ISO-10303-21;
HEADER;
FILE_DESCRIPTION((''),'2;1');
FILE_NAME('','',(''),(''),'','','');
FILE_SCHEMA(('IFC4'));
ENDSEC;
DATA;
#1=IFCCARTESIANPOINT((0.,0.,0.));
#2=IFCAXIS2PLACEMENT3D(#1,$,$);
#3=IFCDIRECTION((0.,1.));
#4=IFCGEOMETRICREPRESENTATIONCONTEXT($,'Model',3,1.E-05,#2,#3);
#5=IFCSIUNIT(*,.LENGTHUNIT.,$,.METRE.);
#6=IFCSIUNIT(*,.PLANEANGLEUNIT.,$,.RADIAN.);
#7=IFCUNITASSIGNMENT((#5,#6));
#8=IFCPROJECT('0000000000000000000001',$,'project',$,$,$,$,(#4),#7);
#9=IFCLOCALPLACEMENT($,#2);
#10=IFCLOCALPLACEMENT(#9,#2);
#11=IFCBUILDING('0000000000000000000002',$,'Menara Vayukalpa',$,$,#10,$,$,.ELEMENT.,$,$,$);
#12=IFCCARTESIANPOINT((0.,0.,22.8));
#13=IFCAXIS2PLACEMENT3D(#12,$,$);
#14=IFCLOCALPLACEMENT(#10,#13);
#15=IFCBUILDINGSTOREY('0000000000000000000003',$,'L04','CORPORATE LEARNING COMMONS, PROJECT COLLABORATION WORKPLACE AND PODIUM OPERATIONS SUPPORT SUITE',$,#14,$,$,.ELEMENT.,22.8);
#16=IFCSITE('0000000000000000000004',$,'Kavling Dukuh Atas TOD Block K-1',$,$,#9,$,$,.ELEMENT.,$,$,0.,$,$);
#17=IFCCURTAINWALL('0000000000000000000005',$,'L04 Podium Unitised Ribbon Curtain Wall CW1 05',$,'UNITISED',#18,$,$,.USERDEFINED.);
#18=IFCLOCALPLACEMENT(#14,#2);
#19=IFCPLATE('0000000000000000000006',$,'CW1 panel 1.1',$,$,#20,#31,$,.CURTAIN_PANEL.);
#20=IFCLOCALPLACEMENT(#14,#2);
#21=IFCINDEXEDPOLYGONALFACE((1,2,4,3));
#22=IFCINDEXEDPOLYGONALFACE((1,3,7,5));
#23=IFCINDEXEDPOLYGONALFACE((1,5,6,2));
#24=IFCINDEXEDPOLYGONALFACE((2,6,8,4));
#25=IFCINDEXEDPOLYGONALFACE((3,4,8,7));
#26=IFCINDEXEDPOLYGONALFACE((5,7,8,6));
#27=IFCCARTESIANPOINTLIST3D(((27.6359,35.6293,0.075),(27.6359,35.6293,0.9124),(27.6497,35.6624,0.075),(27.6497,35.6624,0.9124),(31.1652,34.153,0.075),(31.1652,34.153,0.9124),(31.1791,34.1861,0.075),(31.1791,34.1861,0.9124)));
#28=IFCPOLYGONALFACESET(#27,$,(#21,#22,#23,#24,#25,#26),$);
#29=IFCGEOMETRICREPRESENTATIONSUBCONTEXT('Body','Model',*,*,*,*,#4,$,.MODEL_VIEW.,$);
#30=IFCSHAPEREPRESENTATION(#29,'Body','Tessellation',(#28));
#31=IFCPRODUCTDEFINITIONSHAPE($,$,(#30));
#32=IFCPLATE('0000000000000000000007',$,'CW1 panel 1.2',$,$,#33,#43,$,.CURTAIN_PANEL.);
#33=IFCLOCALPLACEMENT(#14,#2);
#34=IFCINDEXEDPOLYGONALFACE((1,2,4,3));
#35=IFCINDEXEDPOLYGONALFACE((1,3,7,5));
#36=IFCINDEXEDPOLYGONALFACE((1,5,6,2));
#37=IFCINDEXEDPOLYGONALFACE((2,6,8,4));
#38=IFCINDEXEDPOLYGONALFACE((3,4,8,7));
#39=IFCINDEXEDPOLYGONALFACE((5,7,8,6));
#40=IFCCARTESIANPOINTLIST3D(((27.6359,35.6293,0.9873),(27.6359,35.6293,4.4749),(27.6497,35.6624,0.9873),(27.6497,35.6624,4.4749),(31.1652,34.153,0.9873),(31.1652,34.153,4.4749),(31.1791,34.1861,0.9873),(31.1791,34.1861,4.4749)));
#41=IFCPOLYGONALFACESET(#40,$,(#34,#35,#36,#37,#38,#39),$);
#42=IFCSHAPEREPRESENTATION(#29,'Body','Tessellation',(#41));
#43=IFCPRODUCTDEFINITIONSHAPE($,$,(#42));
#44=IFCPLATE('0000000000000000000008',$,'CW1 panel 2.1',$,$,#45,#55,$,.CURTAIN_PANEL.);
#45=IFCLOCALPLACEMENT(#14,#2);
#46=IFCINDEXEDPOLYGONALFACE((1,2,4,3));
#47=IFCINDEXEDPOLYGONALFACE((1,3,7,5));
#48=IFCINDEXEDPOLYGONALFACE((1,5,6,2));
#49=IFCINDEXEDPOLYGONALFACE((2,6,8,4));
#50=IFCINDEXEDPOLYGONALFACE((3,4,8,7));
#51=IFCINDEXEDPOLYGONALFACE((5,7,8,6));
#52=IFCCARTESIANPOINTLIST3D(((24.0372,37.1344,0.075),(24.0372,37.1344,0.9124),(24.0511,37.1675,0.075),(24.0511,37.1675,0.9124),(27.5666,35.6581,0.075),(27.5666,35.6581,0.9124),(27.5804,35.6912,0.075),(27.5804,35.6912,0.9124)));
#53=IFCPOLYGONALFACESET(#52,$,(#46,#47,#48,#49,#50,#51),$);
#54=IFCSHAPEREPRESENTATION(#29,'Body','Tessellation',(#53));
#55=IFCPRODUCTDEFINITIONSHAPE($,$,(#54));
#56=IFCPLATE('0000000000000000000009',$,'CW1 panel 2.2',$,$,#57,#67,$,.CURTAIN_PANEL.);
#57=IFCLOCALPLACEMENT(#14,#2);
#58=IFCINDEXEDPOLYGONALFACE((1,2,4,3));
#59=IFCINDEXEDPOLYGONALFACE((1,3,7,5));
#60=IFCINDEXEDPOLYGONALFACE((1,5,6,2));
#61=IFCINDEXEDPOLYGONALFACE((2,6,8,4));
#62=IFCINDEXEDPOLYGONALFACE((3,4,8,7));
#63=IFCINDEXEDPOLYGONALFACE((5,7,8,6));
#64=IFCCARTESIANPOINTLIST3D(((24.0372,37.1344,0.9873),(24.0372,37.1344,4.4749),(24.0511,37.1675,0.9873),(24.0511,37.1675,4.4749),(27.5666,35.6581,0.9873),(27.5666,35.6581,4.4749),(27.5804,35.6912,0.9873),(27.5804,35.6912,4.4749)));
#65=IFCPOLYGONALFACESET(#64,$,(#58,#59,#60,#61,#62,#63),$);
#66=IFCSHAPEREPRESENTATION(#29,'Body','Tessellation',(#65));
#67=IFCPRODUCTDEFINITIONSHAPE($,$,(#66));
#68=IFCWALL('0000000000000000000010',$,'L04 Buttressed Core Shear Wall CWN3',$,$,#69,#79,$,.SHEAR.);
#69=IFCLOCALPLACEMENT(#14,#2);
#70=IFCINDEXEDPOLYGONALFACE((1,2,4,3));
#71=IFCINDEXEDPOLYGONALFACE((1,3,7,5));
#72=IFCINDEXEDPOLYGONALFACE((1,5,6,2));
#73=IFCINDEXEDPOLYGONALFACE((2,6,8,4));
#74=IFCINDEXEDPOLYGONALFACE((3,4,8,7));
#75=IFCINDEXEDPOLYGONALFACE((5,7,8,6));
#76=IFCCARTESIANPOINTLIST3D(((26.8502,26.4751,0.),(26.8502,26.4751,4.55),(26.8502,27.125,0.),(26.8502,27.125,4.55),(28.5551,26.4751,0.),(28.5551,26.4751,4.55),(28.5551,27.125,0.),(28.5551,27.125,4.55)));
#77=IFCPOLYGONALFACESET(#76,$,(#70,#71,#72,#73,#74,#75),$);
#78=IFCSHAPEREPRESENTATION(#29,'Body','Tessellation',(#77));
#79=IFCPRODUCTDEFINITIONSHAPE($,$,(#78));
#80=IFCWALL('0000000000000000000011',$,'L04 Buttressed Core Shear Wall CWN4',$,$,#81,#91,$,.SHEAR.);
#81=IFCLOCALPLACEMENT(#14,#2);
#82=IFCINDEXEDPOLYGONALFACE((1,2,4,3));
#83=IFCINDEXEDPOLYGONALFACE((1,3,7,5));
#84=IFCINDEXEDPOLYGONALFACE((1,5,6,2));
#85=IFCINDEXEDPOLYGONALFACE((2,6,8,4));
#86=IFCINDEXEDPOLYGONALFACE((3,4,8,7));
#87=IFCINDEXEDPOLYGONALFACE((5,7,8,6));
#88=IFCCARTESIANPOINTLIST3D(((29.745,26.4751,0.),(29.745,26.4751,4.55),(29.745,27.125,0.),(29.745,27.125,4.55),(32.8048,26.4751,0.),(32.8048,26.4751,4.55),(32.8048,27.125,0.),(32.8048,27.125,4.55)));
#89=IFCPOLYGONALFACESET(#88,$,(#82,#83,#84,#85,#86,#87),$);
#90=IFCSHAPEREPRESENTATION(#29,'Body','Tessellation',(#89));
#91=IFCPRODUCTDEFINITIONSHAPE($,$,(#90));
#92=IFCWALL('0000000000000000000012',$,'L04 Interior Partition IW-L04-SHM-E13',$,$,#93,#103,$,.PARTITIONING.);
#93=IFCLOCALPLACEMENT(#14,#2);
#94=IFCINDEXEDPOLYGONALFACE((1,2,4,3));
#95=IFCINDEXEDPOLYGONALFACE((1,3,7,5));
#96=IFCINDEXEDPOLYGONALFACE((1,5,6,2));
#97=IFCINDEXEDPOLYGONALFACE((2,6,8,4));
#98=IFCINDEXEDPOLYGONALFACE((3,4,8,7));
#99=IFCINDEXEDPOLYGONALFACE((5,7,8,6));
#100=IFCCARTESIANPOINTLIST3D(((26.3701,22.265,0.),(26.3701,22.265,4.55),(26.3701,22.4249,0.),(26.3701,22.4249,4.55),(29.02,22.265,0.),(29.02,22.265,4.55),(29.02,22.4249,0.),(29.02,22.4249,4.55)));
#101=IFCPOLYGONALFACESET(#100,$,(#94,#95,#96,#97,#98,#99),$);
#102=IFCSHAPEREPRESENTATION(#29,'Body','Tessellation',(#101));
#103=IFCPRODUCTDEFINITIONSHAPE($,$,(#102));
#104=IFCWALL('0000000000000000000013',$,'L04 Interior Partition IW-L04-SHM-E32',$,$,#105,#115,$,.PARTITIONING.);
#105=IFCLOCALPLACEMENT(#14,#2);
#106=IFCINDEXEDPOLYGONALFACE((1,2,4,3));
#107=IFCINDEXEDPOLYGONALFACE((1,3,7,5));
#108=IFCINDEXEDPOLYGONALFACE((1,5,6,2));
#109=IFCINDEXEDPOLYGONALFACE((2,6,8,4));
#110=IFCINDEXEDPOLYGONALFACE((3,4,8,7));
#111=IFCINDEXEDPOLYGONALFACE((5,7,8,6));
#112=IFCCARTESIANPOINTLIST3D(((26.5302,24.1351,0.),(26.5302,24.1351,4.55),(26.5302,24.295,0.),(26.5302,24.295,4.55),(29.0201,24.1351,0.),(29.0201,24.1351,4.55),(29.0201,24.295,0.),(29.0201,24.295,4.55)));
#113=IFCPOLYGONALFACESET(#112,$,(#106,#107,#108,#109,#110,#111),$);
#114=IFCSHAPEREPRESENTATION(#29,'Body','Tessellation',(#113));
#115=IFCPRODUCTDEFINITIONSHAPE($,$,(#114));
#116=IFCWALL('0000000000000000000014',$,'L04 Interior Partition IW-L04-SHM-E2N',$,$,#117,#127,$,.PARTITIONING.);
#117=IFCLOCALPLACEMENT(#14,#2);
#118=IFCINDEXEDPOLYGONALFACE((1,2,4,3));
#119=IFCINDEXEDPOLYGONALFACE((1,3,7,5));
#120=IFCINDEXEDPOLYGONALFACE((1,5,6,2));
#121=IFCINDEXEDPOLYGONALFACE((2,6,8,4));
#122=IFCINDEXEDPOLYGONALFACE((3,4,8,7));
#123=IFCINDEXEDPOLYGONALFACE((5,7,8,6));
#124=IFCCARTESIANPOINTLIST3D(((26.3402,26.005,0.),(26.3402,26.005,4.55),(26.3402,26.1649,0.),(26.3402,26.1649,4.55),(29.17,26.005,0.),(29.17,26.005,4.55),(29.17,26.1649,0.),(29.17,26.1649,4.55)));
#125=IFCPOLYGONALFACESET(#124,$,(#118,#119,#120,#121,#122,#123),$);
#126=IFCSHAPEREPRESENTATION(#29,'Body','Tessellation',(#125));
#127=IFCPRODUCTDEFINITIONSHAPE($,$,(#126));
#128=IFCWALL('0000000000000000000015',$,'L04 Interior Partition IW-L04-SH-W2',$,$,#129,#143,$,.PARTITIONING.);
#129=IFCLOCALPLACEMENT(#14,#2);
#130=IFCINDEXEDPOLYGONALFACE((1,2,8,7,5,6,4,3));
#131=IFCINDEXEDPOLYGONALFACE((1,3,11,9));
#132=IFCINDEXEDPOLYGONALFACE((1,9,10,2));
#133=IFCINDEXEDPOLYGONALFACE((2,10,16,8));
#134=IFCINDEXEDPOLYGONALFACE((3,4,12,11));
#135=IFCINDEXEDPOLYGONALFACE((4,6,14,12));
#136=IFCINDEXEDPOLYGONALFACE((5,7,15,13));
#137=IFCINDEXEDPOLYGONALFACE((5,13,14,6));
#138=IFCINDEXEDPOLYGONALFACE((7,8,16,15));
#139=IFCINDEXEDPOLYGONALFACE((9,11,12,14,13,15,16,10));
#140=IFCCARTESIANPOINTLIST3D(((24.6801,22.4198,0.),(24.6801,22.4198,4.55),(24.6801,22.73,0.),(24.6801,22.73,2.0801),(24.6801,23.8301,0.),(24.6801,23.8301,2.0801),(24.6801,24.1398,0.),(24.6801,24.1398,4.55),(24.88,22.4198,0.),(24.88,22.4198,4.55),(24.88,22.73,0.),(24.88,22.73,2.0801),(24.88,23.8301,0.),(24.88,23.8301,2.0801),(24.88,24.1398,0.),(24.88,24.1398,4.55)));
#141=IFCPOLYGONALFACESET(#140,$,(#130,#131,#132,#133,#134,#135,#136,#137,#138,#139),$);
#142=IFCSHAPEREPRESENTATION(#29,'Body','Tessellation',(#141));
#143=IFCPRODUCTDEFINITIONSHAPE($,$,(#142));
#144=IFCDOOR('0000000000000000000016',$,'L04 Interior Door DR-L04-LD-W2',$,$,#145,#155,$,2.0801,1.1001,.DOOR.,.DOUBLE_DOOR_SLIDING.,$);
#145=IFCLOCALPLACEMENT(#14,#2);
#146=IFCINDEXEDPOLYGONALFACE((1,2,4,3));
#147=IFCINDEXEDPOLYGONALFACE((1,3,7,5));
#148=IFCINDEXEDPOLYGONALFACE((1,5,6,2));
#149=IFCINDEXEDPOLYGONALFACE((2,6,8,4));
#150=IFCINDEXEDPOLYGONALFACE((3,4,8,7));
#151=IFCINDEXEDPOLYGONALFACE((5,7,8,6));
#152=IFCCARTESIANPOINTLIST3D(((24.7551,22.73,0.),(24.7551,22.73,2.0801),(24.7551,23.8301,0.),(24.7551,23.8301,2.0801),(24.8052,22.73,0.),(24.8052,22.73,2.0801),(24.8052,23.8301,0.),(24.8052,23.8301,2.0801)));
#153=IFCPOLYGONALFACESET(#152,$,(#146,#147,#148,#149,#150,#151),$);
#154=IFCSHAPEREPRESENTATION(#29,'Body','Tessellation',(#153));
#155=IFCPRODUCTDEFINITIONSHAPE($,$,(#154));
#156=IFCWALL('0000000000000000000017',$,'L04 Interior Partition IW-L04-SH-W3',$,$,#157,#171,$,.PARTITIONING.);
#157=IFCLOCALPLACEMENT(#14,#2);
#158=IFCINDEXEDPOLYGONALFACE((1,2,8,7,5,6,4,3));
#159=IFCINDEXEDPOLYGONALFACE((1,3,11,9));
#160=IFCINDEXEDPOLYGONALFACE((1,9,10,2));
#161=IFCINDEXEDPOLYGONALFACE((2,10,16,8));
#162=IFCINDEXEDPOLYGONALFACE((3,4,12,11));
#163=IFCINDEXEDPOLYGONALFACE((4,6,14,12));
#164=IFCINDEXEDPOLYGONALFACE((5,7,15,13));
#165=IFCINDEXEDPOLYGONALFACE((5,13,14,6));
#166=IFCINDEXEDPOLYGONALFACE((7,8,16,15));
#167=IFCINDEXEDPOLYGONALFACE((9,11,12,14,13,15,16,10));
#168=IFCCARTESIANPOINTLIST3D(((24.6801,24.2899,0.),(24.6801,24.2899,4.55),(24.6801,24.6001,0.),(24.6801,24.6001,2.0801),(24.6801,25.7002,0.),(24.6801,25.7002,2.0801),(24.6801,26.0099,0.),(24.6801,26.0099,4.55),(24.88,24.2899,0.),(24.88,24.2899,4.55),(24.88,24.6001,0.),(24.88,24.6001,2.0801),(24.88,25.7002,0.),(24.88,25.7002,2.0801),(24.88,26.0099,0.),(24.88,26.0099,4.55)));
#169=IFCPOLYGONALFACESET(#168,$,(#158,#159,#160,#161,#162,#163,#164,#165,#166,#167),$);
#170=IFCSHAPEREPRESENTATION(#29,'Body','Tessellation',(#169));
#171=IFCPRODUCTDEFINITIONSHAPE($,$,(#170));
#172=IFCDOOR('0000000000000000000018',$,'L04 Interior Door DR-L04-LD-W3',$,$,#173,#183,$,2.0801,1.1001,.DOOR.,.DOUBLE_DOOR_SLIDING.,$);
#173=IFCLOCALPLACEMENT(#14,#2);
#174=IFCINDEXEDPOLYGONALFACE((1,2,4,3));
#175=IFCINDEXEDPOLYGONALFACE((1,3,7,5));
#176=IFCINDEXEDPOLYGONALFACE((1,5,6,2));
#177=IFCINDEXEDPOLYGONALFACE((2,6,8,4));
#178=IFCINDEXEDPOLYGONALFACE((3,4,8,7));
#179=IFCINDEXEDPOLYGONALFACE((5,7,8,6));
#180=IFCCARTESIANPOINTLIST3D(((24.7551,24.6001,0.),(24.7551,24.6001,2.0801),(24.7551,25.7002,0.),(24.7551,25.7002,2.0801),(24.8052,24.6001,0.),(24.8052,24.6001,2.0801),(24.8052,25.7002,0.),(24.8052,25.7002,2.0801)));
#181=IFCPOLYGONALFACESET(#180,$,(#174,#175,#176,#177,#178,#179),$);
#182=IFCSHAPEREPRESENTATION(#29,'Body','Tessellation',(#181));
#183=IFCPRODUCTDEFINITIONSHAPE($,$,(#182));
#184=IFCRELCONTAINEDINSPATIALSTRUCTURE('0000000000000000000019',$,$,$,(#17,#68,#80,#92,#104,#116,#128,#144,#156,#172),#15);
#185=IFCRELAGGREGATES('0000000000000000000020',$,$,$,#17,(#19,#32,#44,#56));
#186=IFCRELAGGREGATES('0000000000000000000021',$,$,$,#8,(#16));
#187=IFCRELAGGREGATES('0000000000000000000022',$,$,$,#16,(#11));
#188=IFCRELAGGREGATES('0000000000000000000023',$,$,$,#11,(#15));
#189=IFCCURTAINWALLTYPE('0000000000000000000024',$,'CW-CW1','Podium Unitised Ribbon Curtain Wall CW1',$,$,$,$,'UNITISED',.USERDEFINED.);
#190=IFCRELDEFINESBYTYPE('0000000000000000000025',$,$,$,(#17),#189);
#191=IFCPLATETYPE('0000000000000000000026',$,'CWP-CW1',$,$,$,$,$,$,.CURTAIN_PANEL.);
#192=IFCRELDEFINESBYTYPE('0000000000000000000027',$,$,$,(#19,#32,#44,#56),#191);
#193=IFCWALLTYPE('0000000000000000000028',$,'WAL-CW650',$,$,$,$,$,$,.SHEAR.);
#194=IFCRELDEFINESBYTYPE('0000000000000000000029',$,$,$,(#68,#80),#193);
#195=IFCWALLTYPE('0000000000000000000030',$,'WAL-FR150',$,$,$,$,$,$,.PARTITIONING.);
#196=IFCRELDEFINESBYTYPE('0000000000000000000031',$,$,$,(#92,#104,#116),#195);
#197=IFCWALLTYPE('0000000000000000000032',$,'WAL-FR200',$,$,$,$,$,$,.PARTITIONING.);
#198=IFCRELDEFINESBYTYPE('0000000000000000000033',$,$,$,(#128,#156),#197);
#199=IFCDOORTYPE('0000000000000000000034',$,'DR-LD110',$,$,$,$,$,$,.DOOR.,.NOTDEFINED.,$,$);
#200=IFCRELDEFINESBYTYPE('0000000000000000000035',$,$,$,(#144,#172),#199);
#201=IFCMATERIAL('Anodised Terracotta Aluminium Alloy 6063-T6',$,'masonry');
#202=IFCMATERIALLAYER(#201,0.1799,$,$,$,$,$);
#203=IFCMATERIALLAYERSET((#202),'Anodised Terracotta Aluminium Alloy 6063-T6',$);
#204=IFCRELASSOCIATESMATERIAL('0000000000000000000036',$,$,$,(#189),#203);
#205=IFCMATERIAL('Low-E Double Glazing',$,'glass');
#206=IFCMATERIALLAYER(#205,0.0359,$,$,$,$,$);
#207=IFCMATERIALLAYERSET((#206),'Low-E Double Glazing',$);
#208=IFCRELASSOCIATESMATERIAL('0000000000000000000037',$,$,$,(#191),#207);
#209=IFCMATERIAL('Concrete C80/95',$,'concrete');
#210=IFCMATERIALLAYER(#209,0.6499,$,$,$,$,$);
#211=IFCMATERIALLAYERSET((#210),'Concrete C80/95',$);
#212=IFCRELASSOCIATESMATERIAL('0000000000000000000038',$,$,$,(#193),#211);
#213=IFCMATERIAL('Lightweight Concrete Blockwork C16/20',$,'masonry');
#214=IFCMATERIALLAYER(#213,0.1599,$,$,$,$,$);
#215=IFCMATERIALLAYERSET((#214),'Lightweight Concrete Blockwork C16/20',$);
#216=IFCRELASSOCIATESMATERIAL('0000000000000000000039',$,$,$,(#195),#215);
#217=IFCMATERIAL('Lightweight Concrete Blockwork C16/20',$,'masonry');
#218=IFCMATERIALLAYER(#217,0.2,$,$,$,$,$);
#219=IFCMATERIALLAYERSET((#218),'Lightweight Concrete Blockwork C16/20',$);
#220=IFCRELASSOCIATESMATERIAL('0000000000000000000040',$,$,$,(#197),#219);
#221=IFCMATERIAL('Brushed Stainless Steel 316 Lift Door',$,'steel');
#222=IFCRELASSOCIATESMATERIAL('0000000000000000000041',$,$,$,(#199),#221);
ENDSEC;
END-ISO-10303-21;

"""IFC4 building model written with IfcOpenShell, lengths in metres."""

from ifc_helpers import new_model, si_unit, direction, frame, frame_2d, origin, origin_2d, place, context, subcontext, project, spatial, rectangle, extrude, material, layer, layer_set, type_object, element, fill, aggregate, save


model = new_model("IFC4")

# Units and contexts
model_context = context("Model", 3, precision=1e-05, world=origin(), true_north=direction((0.0, 1.0)))
body_context = subcontext(model_context, "Body", "Model", "MODEL_VIEW")
ifc_project = project(units=[si_unit("LENGTHUNIT", "METRE"), si_unit("PLANEANGLEUNIT", "RADIAN")], contexts=[model_context])

# Site, building, storey
site_placement = place(None, origin())
site = spatial("IfcSite", under=ifc_project, at=site_placement, Name="Kavling Dukuh Atas TOD Block K-1", CompositionType="ELEMENT", RefElevation=0.0)
building_placement = place(site_placement, origin())
building = spatial("IfcBuilding", under=site, at=building_placement, Name="Menara Vayukalpa", CompositionType="ELEMENT")
storey_placement = place(building_placement, frame((0.0, 0.0, 22.8)))
storey = spatial("IfcBuildingStorey", under=building, at=storey_placement, Name="L04", Description="CORPORATE LEARNING COMMONS, PROJECT COLLABORATION WORKPLACE AND PODIUM OPERATIONS SUPPORT SUITE", CompositionType="ELEMENT", Elevation=22.8)

# Shared definitions
ifc_material_1 = material(Name="Anodised Terracotta Aluminium Alloy 6063-T6", Category="masonry")
ifc_layer_1 = layer(ifc_material_1, 0.1799)
ifc_layer_set_1 = layer_set([ifc_layer_1], Name="Anodised Terracotta Aluminium Alloy 6063-T6")
curtain_wall_type = type_object("IfcCurtainWallType", Name="CW-CW1", Description="Podium Unitised Ribbon Curtain Wall CW1", ElementType="UNITISED", PredefinedType="USERDEFINED", material=ifc_layer_set_1)

# Curtain wall, plates
curtain_wall_1_placement = place(storey_placement, origin())
curtain_wall_1 = element("IfcCurtainWall", 1, at=curtain_wall_1_placement, inside=storey, type_object=curtain_wall_type, Name="L04 Podium Unitised Ribbon Curtain Wall CW1 05", ObjectType="UNITISED", PredefinedType="USERDEFINED")
ifc_material_2 = material(Name="Low-E Double Glazing", Category="glass")
ifc_layer_2 = layer(ifc_material_2, 0.0359)
ifc_layer_set_2 = layer_set([ifc_layer_2], Name="Low-E Double Glazing")
plate_type = type_object("IfcPlateType", Name="CWP-CW1", PredefinedType="CURTAIN_PANEL", material=ifc_layer_set_2)
plate_1_placement = place(storey_placement, frame((29.4075, 34.9077, 0.075), z_axis=(0.0, 0.0, 1.0), x_axis=(-0.922545, 0.385891, 0.0)))
plate_1 = element("IfcPlate", 2, at=plate_1_placement, type_object=plate_type, Name="CW1 panel 1.1", PredefinedType="CURTAIN_PANEL", context=body_context, shape_type="SweptSolid", body=[
    extrude(rectangle(XDim=3.8257, YDim=0.0359, at=origin_2d()), origin(), (0.0, 0.0, 1.0), 0.8374),
])
plate_2_placement = place(storey_placement, frame((29.4075, 34.9077, 0.9873), z_axis=(0.0, 0.0, 1.0), x_axis=(-0.922545, 0.385891, 0.0)))
plate_2 = element("IfcPlate", 3, at=plate_2_placement, type_object=plate_type, Name="CW1 panel 1.2", PredefinedType="CURTAIN_PANEL", context=body_context, shape_type="SweptSolid", body=[
    extrude(rectangle(XDim=3.8257, YDim=0.0359, at=origin_2d()), origin(), (0.0, 0.0, 1.0), 3.4875),
])
plate_3_placement = place(storey_placement, frame((25.8088, 36.4128, 0.075), z_axis=(0.0, 0.0, 1.0), x_axis=(-0.922545, 0.385891, 0.0)))
plate_3 = element("IfcPlate", 4, at=plate_3_placement, type_object=plate_type, Name="CW1 panel 2.1", PredefinedType="CURTAIN_PANEL", context=body_context, shape_type="SweptSolid", body=[
    extrude(rectangle(XDim=3.8257, YDim=0.0359, at=origin_2d()), origin(), (0.0, 0.0, 1.0), 0.8374),
])
plate_4_placement = place(storey_placement, frame((25.8088, 36.4128, 0.9873), z_axis=(0.0, 0.0, 1.0), x_axis=(-0.922545, 0.385891, 0.0)))
plate_4 = element("IfcPlate", 5, at=plate_4_placement, type_object=plate_type, Name="CW1 panel 2.2", PredefinedType="CURTAIN_PANEL", context=body_context, shape_type="SweptSolid", body=[
    extrude(rectangle(XDim=3.8257, YDim=0.0359, at=origin_2d()), origin(), (0.0, 0.0, 1.0), 3.4875),
])
aggregate(curtain_wall_1, [plate_1, plate_2, plate_3, plate_4])

# Walls
ifc_material_3 = material(Name="Concrete C80/95", Category="concrete")
ifc_layer_3 = layer(ifc_material_3, 0.6499)
ifc_layer_set_3 = layer_set([ifc_layer_3], Name="Concrete C80/95")
wall_type_1 = type_object("IfcWallType", Name="WAL-CW650", PredefinedType="SHEAR", material=ifc_layer_set_3)
wall_1_placement = place(storey_placement, frame((26.8501, 26.8, 0.0), z_axis=(0.0, 0.0, 1.0), x_axis=(1.0, 0.0, 0.0)))
element("IfcWall", 6, at=wall_1_placement, inside=storey, type_object=wall_type_1, Name="L04 Buttressed Core Shear Wall CWN3", PredefinedType="SHEAR", context=body_context, shape_type="SweptSolid", body=[
    extrude(rectangle(XDim=1.7048, YDim=0.6499, at=frame_2d((0.8525, 0.0))), origin(), (0.0, 0.0, 1.0), 4.55),
])
wall_2_placement = place(storey_placement, frame((29.7451, 26.8, 0.0), z_axis=(0.0, 0.0, 1.0), x_axis=(1.0, 0.0, 0.0)))
element("IfcWall", 7, at=wall_2_placement, inside=storey, type_object=wall_type_1, Name="L04 Buttressed Core Shear Wall CWN4", PredefinedType="SHEAR", context=body_context, shape_type="SweptSolid", body=[
    extrude(rectangle(XDim=3.0598, YDim=0.6499, at=frame_2d((1.5298, 0.0))), origin(), (0.0, 0.0, 1.0), 4.55),
])
ifc_material_4 = material(Name="Lightweight Concrete Blockwork C16/20", Category="masonry")
ifc_layer_4 = layer(ifc_material_4, 0.1599)
ifc_layer_set_4 = layer_set([ifc_layer_4], Name="Lightweight Concrete Blockwork C16/20")
wall_type_2 = type_object("IfcWallType", Name="WAL-FR150", PredefinedType="PARTITIONING", material=ifc_layer_set_4)
wall_3_placement = place(storey_placement, frame((26.3701, 22.345, 0.0), z_axis=(0.0, 0.0, 1.0), x_axis=(1.0, 0.0, 0.0)))
element("IfcWall", 8, at=wall_3_placement, inside=storey, type_object=wall_type_2, Name="L04 Interior Partition IW-L04-SHM-E13", PredefinedType="PARTITIONING", context=body_context, shape_type="SweptSolid", body=[
    extrude(rectangle(XDim=2.6499, YDim=0.1599, at=frame_2d((1.325, 0.0))), origin(), (0.0, 0.0, 1.0), 4.55),
])
wall_4_placement = place(storey_placement, frame((26.53, 24.2151, 0.0), z_axis=(0.0, 0.0, 1.0), x_axis=(1.0, 0.0, 0.0)))
element("IfcWall", 9, at=wall_4_placement, inside=storey, type_object=wall_type_2, Name="L04 Interior Partition IW-L04-SHM-E32", PredefinedType="PARTITIONING", context=body_context, shape_type="SweptSolid", body=[
    extrude(rectangle(XDim=2.49, YDim=0.1599, at=frame_2d((1.2451, 0.0))), origin(), (0.0, 0.0, 1.0), 4.55),
])
wall_5_placement = place(storey_placement, frame((26.3401, 26.085, 0.0), z_axis=(0.0, 0.0, 1.0), x_axis=(1.0, 0.0, 0.0)))
element("IfcWall", 10, at=wall_5_placement, inside=storey, type_object=wall_type_2, Name="L04 Interior Partition IW-L04-SHM-E2N", PredefinedType="PARTITIONING", context=body_context, shape_type="SweptSolid", body=[
    extrude(rectangle(XDim=2.8298, YDim=0.1599, at=frame_2d((1.415, 0.0))), origin(), (0.0, 0.0, 1.0), 4.55),
])

# Walls, openings, doors
ifc_material_5 = material(Name="Lightweight Concrete Blockwork C16/20", Category="masonry")
ifc_layer_5 = layer(ifc_material_5, 0.2)
ifc_layer_set_5 = layer_set([ifc_layer_5], Name="Lightweight Concrete Blockwork C16/20")
wall_type_3 = type_object("IfcWallType", Name="WAL-FR200", PredefinedType="PARTITIONING", material=ifc_layer_set_5)
wall_6_placement = place(storey_placement, frame((24.78, 22.4199, 0.0), z_axis=(0.0, 0.0, 1.0), x_axis=(0.0, 1.0, 0.0)))
wall_6 = element("IfcWall", 11, at=wall_6_placement, inside=storey, type_object=wall_type_3, Name="L04 Interior Partition IW-L04-SH-W2", PredefinedType="PARTITIONING", context=body_context, shape_type="SweptSolid", body=[
    extrude(rectangle(XDim=1.72, YDim=0.2, at=frame_2d((0.8599, 0.0))), origin(), (0.0, 0.0, 1.0), 4.55),
])
opening_1_placement = place(wall_6_placement, frame((0.3101, 0.0, 0.0)))
opening_1 = element("IfcOpeningElement", 12, at=opening_1_placement, cuts=wall_6, PredefinedType="OPENING", context=body_context, shape_type="SweptSolid", body=[
    extrude(rectangle(XDim=1.1001, YDim=2.0801, at=frame_2d((0.55, 1.04))), frame((0.0, 0.1099, 0.0), z_axis=(0.0, -1.0, 0.0), x_axis=(1.0, 0.0, 0.0)), (0.0, 0.0, 1.0), 0.22),
])
ifc_material_6 = material(Name="Brushed Stainless Steel 316 Lift Door", Category="steel")
door_type = type_object("IfcDoorType", Name="DR-LD110", OperationType="NOTDEFINED", PredefinedType="DOOR", material=ifc_material_6)
door_1_placement = place(opening_1_placement, origin())
door_1 = element("IfcDoor", 13, at=door_1_placement, inside=storey, type_object=door_type, Name="L04 Interior Door DR-L04-LD-W2", OperationType="DOUBLE_DOOR_SLIDING", OverallHeight=2.0801, OverallWidth=1.1001, PredefinedType="DOOR", context=body_context, shape_type="SweptSolid", body=[
    extrude(rectangle(XDim=1.1001, YDim=2.0801, at=frame_2d((0.55, 1.04))), frame((0.0, 0.0249, 0.0), z_axis=(0.0, -1.0, 0.0), x_axis=(1.0, 0.0, 0.0)), (0.0, 0.0, 1.0), 0.05),
])
fill(opening_1, door_1)
wall_7_placement = place(storey_placement, frame((24.78, 24.29, 0.0), z_axis=(0.0, 0.0, 1.0), x_axis=(0.0, 1.0, 0.0)))
wall_7 = element("IfcWall", 14, at=wall_7_placement, inside=storey, type_object=wall_type_3, Name="L04 Interior Partition IW-L04-SH-W3", PredefinedType="PARTITIONING", context=body_context, shape_type="SweptSolid", body=[
    extrude(rectangle(XDim=1.72, YDim=0.2, at=frame_2d((0.8599, 0.0))), origin(), (0.0, 0.0, 1.0), 4.55),
])
opening_2_placement = place(wall_7_placement, frame((0.3101, 0.0, 0.0)))
opening_2 = element("IfcOpeningElement", 15, at=opening_2_placement, cuts=wall_7, PredefinedType="OPENING", context=body_context, shape_type="SweptSolid", body=[
    extrude(rectangle(XDim=1.1001, YDim=2.0801, at=frame_2d((0.55, 1.04))), frame((0.0, 0.1099, 0.0), z_axis=(0.0, -1.0, 0.0), x_axis=(1.0, 0.0, 0.0)), (0.0, 0.0, 1.0), 0.22),
])
door_2_placement = place(opening_2_placement, origin())
door_2 = element("IfcDoor", 16, at=door_2_placement, inside=storey, type_object=door_type, Name="L04 Interior Door DR-L04-LD-W3", OperationType="DOUBLE_DOOR_SLIDING", OverallHeight=2.0801, OverallWidth=1.1001, PredefinedType="DOOR", context=body_context, shape_type="SweptSolid", body=[
    extrude(rectangle(XDim=1.1001, YDim=2.0801, at=frame_2d((0.55, 1.04))), frame((0.0, 0.0249, 0.0), z_axis=(0.0, -1.0, 0.0), x_axis=(1.0, 0.0, 0.0)), (0.0, 0.0, 1.0), 0.05),
])
fill(opening_2, door_2)

save(model, "model.ifc")
